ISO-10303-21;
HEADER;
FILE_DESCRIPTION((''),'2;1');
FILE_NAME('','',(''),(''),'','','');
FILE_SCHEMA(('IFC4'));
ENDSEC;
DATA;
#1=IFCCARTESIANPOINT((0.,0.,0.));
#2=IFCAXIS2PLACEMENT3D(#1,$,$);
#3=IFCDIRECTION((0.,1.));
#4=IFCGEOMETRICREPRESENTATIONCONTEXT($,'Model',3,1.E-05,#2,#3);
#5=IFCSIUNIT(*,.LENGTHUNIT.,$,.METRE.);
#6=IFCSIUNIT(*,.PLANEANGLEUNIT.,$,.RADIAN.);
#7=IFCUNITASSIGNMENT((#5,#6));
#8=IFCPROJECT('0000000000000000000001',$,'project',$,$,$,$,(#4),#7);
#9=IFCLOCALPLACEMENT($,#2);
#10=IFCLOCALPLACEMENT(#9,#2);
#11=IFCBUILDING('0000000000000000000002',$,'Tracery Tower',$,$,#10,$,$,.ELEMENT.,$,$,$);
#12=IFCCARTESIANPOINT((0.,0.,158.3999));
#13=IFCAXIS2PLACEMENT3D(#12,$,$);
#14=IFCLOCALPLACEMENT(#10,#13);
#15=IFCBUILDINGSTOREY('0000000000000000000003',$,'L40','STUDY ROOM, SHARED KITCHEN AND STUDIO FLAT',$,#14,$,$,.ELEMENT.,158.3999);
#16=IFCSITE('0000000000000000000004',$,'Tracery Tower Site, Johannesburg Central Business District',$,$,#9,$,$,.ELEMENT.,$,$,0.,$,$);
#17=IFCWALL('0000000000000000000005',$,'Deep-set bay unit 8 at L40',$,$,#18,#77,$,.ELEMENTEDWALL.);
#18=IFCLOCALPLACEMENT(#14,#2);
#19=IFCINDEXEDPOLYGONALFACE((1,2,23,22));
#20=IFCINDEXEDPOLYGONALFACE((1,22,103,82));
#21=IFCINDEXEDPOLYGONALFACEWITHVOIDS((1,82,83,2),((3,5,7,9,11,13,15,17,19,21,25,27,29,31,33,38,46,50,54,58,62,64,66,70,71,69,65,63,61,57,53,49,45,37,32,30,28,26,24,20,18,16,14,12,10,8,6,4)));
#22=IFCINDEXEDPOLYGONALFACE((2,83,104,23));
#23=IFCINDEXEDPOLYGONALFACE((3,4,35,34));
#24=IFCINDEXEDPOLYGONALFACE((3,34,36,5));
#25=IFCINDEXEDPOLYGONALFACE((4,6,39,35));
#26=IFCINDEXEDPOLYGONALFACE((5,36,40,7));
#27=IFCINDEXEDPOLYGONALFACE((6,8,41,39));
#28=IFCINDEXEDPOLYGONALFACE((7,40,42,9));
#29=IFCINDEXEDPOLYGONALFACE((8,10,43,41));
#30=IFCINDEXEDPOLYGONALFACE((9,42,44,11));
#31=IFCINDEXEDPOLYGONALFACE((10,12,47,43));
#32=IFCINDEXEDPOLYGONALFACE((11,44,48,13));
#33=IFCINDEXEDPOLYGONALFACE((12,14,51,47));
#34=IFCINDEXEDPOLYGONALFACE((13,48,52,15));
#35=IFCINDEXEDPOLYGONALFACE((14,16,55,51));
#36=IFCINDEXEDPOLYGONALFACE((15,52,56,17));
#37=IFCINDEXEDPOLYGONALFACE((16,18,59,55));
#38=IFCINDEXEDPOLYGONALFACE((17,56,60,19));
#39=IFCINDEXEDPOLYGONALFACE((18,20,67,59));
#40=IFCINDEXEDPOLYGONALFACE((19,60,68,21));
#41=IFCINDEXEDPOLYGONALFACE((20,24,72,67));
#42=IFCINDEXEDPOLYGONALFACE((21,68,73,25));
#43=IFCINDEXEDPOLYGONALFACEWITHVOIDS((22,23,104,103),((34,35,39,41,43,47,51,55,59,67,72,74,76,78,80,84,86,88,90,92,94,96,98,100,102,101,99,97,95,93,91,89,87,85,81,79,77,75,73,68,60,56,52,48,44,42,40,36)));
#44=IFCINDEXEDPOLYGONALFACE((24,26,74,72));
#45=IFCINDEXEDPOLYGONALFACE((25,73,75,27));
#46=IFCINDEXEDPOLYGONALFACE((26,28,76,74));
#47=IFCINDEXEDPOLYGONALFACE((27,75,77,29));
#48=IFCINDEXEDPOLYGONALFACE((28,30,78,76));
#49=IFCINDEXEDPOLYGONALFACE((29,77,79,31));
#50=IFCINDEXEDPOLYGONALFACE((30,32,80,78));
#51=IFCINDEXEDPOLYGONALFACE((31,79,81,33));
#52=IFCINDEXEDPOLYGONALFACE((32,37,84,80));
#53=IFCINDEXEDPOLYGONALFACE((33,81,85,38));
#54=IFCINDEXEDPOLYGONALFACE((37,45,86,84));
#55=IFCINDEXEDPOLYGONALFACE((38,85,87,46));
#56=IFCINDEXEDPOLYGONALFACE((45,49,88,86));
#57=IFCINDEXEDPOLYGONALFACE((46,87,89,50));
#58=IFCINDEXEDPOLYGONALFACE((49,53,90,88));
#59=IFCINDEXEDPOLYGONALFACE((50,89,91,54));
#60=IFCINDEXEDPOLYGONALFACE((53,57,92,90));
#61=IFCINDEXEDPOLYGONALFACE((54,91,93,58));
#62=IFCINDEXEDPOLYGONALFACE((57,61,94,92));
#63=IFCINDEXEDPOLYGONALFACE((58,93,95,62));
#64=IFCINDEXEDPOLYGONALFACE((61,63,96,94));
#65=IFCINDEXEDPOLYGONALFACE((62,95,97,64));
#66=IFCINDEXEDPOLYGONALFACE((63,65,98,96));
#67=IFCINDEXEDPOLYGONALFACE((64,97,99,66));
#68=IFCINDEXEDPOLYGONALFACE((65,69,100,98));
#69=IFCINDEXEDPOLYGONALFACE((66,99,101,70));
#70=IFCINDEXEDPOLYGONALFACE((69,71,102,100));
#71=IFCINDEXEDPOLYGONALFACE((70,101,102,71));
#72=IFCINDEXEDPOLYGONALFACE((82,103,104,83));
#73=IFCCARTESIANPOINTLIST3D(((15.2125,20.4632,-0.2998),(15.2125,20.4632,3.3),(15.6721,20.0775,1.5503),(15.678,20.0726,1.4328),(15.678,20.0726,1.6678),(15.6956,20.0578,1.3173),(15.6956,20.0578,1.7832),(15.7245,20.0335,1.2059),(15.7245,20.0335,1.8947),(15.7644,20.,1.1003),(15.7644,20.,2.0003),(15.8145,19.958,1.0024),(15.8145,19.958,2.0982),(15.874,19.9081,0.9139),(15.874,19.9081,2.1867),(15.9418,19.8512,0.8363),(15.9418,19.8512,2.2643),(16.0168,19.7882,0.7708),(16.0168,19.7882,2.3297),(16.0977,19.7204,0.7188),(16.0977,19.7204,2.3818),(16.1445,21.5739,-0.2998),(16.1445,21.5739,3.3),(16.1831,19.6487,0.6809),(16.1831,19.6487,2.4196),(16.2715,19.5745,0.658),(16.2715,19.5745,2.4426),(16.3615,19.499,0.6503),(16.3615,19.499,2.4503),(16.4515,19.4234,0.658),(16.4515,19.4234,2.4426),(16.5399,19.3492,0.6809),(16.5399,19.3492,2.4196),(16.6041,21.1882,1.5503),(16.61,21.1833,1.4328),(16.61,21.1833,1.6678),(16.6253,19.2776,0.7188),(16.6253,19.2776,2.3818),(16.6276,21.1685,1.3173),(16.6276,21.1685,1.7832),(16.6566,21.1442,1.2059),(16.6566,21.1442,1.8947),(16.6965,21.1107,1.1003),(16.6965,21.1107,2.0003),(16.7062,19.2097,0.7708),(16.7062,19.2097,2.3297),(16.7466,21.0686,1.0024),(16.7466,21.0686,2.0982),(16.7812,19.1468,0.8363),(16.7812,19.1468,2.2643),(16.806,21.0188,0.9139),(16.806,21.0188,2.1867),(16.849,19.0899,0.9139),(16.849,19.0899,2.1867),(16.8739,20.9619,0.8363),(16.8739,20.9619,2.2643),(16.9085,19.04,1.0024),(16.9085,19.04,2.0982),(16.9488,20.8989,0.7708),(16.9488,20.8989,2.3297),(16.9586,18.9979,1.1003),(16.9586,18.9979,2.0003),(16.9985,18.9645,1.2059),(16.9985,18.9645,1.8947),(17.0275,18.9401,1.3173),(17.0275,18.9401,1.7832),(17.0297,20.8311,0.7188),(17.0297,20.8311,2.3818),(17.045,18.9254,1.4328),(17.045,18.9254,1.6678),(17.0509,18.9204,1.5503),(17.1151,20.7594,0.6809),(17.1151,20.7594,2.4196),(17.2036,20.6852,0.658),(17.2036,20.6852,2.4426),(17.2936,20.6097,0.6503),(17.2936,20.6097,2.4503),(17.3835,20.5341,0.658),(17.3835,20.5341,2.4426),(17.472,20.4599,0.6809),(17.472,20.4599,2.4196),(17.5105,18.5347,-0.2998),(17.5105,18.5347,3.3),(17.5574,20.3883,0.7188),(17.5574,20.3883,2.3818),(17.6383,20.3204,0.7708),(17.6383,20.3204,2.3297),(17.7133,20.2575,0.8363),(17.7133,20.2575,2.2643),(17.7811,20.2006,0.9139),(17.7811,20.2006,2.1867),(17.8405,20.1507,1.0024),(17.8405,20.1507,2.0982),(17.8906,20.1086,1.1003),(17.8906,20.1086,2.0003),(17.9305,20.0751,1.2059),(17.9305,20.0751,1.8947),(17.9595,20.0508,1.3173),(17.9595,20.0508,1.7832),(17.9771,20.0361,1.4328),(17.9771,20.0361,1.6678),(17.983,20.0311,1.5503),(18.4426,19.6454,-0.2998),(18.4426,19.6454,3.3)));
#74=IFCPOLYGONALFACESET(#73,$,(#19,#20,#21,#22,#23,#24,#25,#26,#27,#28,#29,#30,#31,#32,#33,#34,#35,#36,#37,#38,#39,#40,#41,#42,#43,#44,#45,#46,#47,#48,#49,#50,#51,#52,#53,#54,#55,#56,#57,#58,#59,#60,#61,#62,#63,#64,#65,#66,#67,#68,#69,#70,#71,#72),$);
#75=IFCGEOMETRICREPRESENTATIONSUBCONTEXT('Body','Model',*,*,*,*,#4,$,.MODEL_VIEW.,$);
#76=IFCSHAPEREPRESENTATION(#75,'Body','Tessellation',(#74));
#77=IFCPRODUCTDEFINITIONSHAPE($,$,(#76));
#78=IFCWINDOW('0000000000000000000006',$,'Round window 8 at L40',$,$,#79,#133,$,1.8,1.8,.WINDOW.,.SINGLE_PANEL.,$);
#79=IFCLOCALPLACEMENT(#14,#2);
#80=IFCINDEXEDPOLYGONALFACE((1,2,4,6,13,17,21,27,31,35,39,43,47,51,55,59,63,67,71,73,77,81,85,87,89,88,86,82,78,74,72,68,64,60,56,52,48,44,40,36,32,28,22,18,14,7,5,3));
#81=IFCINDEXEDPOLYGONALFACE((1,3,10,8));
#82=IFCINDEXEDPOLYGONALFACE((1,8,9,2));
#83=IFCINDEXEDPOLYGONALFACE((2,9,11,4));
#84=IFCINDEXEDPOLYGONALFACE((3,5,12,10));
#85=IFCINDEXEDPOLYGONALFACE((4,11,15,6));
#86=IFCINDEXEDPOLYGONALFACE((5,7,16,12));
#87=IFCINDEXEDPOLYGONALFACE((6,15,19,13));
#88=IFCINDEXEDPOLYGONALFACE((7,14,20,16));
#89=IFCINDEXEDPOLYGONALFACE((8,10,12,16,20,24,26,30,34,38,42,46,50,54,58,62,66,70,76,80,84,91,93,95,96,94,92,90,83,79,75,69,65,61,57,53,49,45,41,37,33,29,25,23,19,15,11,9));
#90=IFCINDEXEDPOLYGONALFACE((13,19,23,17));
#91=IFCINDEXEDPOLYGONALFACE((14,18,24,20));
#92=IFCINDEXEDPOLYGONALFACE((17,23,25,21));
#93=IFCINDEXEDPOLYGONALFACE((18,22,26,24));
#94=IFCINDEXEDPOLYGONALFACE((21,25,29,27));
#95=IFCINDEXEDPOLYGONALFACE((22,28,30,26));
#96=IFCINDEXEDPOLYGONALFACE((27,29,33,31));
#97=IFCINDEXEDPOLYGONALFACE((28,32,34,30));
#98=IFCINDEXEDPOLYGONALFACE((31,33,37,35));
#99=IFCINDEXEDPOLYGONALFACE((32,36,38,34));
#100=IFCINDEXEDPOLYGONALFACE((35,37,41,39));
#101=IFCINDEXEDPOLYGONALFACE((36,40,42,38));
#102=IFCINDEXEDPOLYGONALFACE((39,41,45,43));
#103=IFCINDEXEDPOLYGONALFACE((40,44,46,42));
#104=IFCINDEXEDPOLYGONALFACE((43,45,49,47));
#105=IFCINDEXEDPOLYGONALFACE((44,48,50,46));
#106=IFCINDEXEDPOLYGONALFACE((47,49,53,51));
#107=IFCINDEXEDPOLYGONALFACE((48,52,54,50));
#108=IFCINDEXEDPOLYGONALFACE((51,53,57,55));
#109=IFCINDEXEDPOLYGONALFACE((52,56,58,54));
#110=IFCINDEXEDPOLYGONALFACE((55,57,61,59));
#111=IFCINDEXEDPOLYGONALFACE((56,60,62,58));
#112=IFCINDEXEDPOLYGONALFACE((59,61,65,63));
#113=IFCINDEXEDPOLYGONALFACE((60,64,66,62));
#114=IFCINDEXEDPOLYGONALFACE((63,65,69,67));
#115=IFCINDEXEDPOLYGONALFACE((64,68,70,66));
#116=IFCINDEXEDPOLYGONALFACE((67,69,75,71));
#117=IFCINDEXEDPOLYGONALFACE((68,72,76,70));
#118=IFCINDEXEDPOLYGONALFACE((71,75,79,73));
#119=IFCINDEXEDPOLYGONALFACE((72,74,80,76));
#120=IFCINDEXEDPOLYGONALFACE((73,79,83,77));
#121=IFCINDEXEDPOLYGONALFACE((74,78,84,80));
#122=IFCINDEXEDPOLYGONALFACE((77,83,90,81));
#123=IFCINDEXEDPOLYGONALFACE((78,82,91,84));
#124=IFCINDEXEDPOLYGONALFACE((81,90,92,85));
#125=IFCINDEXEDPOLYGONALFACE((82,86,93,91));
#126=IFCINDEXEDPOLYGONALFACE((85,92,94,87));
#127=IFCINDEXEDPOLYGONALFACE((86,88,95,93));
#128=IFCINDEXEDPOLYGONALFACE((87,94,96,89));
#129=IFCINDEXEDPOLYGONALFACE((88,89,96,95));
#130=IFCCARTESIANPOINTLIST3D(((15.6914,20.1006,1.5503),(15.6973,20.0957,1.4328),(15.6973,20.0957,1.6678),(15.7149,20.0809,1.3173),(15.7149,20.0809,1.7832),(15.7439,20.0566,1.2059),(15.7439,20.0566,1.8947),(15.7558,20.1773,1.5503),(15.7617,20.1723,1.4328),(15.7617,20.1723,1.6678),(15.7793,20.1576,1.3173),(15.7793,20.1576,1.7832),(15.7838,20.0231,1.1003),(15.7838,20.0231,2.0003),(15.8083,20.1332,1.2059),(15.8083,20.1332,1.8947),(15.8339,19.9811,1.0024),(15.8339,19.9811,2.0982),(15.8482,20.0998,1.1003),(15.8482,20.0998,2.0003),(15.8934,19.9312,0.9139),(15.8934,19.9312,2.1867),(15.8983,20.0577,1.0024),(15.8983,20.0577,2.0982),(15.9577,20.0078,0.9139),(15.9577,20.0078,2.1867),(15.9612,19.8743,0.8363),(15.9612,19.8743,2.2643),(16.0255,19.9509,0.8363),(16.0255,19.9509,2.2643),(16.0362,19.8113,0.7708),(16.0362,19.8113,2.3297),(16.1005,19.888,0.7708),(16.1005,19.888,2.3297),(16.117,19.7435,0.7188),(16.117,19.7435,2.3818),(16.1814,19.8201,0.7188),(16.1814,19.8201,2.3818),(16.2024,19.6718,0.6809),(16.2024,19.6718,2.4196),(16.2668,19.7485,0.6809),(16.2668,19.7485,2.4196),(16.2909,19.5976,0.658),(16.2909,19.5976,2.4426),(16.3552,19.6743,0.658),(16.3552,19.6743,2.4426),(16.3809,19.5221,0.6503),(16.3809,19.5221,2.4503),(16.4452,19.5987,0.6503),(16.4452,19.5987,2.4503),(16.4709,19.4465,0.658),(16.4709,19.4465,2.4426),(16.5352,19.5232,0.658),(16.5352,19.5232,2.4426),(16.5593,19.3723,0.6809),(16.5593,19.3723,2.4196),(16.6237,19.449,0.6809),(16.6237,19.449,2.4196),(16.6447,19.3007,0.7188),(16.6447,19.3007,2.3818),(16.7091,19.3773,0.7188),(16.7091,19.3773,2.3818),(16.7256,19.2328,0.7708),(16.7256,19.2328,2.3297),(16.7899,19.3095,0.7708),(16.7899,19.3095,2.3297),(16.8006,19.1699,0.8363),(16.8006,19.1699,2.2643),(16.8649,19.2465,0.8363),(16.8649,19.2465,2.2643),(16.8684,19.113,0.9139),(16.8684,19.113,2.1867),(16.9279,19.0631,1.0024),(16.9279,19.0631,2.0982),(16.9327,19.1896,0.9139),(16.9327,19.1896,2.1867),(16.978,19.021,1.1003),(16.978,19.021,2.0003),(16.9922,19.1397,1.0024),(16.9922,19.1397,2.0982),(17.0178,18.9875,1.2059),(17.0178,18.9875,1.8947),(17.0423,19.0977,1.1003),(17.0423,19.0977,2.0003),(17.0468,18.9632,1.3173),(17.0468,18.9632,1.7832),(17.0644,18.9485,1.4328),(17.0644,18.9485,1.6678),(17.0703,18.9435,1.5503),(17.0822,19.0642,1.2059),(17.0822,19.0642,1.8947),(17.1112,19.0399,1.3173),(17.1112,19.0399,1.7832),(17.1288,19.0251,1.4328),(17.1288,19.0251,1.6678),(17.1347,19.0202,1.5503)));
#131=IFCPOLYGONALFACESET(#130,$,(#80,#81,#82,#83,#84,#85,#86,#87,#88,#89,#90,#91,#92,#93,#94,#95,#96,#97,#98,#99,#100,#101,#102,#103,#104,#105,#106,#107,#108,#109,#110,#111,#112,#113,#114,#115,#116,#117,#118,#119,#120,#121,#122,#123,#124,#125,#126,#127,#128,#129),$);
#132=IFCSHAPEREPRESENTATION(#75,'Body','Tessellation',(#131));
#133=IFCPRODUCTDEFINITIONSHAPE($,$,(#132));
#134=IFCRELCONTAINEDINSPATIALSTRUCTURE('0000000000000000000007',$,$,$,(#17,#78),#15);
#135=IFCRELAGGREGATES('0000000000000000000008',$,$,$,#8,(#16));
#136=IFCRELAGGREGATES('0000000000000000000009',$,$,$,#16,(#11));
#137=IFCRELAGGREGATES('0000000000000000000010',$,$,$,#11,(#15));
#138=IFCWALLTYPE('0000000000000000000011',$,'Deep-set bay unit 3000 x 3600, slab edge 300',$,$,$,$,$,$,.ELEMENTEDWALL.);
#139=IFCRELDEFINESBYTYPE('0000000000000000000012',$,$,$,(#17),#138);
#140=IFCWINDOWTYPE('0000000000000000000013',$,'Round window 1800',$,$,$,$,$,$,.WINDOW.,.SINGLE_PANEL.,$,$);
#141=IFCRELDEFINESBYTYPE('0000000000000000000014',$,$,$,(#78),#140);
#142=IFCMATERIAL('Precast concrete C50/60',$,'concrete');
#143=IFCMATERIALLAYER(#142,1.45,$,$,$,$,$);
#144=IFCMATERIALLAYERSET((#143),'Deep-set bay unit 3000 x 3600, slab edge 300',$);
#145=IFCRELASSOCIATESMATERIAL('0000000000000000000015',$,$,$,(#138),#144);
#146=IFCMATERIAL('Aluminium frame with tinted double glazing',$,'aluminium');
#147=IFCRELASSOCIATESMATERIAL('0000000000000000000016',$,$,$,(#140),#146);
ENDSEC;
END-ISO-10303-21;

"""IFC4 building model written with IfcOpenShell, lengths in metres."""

from ifc_helpers import new_model, si_unit, direction, frame, frame_2d, origin, origin_2d, place, context, subcontext, project, spatial, rectangle, circle, extrude, material, layer, layer_set, type_object, element, fill, save


model = new_model("IFC4")

# Units and contexts
model_context = context("Model", 3, precision=1e-05, world=origin(), true_north=direction((0.0, 1.0)))
body_context = subcontext(model_context, "Body", "Model", "MODEL_VIEW")
ifc_project = project(units=[si_unit("LENGTHUNIT", "METRE"), si_unit("PLANEANGLEUNIT", "RADIAN")], contexts=[model_context])

# Site, building, storey
site_placement = place(None, origin())
site = spatial("IfcSite", under=ifc_project, at=site_placement, Name="Tracery Tower Site, Johannesburg Central Business District", CompositionType="ELEMENT", RefElevation=0.0)
building_placement = place(site_placement, origin())
building = spatial("IfcBuilding", under=site, at=building_placement, Name="Tracery Tower", CompositionType="ELEMENT")
storey_placement = place(building_placement, frame((0.0, 0.0, 158.3999)))
storey = spatial("IfcBuildingStorey", under=building, at=storey_placement, Name="L40", Description="STUDY ROOM, SHARED KITCHEN AND STUDIO FLAT", CompositionType="ELEMENT", Elevation=158.3999)

# Wall, opening, window
ifc_material_1 = material(Name="Precast concrete C50/60", Category="concrete")
ifc_layer_1 = layer(ifc_material_1, 1.45)
ifc_layer_set_1 = layer_set([ifc_layer_1], Name="Deep-set bay unit 3000 x 3600, slab edge 300")
wall_type_1 = type_object("IfcWallType", Name="Deep-set bay unit 3000 x 3600, slab edge 300", PredefinedType="ELEMENTEDWALL", material=ifc_layer_set_1)
wall_1_placement = place(storey_placement, frame((17.9766, 19.0901, -0.2998), z_axis=(0.0, 0.0, 1.0), x_axis=(-0.766022, 0.642814, 0.0)))
wall_1 = element("IfcWall", 1, at=wall_1_placement, inside=storey, type_object=wall_type_1, Name="Deep-set bay unit 8 at L40", PredefinedType="ELEMENTEDWALL", context=body_context, shape_type="SweptSolid", body=[
    extrude(rectangle(XDim=3.0, YDim=1.45, at=frame_2d((1.5, 0.0))), origin(), (0.0, 0.0, 1.0), 3.5999),
])
opening_1_placement = place(wall_1_placement, frame((1.5, 0.0, 1.8501)))
opening_1 = element("IfcOpeningElement", 2, at=opening_1_placement, cuts=wall_1, PredefinedType="OPENING", context=body_context, shape_type="SweptSolid", body=[
    extrude(circle(Radius=0.9, at=origin_2d()), frame((0.0, 0.7349, 0.0), z_axis=(0.0, -1.0, 0.0), x_axis=(1.0, 0.0, 0.0)), (0.0, 0.0, 1.0), 1.47),
])
ifc_material_2 = material(Name="Aluminium frame with tinted double glazing", Category="aluminium")
window_type = type_object("IfcWindowType", Name="Round window 1800", PartitioningType="SINGLE_PANEL", PredefinedType="WINDOW", material=ifc_material_2)
window_1_placement = place(opening_1_placement, origin())
window_1 = element("IfcWindow", 3, at=window_1_placement, inside=storey, type_object=window_type, Name="Round window 8 at L40", OverallHeight=1.8, OverallWidth=1.8, PartitioningType="SINGLE_PANEL", PredefinedType="WINDOW", context=body_context, shape_type="SweptSolid", body=[
    extrude(circle(Radius=0.9, at=origin_2d()), frame((0.0, 0.6948, 0.0), z_axis=(0.0, -1.0, 0.0), x_axis=(1.0, 0.0, 0.0)), (0.0, 0.0, 1.0), 0.1001),
])
fill(opening_1, window_1)

save(model, "model.ifc")
